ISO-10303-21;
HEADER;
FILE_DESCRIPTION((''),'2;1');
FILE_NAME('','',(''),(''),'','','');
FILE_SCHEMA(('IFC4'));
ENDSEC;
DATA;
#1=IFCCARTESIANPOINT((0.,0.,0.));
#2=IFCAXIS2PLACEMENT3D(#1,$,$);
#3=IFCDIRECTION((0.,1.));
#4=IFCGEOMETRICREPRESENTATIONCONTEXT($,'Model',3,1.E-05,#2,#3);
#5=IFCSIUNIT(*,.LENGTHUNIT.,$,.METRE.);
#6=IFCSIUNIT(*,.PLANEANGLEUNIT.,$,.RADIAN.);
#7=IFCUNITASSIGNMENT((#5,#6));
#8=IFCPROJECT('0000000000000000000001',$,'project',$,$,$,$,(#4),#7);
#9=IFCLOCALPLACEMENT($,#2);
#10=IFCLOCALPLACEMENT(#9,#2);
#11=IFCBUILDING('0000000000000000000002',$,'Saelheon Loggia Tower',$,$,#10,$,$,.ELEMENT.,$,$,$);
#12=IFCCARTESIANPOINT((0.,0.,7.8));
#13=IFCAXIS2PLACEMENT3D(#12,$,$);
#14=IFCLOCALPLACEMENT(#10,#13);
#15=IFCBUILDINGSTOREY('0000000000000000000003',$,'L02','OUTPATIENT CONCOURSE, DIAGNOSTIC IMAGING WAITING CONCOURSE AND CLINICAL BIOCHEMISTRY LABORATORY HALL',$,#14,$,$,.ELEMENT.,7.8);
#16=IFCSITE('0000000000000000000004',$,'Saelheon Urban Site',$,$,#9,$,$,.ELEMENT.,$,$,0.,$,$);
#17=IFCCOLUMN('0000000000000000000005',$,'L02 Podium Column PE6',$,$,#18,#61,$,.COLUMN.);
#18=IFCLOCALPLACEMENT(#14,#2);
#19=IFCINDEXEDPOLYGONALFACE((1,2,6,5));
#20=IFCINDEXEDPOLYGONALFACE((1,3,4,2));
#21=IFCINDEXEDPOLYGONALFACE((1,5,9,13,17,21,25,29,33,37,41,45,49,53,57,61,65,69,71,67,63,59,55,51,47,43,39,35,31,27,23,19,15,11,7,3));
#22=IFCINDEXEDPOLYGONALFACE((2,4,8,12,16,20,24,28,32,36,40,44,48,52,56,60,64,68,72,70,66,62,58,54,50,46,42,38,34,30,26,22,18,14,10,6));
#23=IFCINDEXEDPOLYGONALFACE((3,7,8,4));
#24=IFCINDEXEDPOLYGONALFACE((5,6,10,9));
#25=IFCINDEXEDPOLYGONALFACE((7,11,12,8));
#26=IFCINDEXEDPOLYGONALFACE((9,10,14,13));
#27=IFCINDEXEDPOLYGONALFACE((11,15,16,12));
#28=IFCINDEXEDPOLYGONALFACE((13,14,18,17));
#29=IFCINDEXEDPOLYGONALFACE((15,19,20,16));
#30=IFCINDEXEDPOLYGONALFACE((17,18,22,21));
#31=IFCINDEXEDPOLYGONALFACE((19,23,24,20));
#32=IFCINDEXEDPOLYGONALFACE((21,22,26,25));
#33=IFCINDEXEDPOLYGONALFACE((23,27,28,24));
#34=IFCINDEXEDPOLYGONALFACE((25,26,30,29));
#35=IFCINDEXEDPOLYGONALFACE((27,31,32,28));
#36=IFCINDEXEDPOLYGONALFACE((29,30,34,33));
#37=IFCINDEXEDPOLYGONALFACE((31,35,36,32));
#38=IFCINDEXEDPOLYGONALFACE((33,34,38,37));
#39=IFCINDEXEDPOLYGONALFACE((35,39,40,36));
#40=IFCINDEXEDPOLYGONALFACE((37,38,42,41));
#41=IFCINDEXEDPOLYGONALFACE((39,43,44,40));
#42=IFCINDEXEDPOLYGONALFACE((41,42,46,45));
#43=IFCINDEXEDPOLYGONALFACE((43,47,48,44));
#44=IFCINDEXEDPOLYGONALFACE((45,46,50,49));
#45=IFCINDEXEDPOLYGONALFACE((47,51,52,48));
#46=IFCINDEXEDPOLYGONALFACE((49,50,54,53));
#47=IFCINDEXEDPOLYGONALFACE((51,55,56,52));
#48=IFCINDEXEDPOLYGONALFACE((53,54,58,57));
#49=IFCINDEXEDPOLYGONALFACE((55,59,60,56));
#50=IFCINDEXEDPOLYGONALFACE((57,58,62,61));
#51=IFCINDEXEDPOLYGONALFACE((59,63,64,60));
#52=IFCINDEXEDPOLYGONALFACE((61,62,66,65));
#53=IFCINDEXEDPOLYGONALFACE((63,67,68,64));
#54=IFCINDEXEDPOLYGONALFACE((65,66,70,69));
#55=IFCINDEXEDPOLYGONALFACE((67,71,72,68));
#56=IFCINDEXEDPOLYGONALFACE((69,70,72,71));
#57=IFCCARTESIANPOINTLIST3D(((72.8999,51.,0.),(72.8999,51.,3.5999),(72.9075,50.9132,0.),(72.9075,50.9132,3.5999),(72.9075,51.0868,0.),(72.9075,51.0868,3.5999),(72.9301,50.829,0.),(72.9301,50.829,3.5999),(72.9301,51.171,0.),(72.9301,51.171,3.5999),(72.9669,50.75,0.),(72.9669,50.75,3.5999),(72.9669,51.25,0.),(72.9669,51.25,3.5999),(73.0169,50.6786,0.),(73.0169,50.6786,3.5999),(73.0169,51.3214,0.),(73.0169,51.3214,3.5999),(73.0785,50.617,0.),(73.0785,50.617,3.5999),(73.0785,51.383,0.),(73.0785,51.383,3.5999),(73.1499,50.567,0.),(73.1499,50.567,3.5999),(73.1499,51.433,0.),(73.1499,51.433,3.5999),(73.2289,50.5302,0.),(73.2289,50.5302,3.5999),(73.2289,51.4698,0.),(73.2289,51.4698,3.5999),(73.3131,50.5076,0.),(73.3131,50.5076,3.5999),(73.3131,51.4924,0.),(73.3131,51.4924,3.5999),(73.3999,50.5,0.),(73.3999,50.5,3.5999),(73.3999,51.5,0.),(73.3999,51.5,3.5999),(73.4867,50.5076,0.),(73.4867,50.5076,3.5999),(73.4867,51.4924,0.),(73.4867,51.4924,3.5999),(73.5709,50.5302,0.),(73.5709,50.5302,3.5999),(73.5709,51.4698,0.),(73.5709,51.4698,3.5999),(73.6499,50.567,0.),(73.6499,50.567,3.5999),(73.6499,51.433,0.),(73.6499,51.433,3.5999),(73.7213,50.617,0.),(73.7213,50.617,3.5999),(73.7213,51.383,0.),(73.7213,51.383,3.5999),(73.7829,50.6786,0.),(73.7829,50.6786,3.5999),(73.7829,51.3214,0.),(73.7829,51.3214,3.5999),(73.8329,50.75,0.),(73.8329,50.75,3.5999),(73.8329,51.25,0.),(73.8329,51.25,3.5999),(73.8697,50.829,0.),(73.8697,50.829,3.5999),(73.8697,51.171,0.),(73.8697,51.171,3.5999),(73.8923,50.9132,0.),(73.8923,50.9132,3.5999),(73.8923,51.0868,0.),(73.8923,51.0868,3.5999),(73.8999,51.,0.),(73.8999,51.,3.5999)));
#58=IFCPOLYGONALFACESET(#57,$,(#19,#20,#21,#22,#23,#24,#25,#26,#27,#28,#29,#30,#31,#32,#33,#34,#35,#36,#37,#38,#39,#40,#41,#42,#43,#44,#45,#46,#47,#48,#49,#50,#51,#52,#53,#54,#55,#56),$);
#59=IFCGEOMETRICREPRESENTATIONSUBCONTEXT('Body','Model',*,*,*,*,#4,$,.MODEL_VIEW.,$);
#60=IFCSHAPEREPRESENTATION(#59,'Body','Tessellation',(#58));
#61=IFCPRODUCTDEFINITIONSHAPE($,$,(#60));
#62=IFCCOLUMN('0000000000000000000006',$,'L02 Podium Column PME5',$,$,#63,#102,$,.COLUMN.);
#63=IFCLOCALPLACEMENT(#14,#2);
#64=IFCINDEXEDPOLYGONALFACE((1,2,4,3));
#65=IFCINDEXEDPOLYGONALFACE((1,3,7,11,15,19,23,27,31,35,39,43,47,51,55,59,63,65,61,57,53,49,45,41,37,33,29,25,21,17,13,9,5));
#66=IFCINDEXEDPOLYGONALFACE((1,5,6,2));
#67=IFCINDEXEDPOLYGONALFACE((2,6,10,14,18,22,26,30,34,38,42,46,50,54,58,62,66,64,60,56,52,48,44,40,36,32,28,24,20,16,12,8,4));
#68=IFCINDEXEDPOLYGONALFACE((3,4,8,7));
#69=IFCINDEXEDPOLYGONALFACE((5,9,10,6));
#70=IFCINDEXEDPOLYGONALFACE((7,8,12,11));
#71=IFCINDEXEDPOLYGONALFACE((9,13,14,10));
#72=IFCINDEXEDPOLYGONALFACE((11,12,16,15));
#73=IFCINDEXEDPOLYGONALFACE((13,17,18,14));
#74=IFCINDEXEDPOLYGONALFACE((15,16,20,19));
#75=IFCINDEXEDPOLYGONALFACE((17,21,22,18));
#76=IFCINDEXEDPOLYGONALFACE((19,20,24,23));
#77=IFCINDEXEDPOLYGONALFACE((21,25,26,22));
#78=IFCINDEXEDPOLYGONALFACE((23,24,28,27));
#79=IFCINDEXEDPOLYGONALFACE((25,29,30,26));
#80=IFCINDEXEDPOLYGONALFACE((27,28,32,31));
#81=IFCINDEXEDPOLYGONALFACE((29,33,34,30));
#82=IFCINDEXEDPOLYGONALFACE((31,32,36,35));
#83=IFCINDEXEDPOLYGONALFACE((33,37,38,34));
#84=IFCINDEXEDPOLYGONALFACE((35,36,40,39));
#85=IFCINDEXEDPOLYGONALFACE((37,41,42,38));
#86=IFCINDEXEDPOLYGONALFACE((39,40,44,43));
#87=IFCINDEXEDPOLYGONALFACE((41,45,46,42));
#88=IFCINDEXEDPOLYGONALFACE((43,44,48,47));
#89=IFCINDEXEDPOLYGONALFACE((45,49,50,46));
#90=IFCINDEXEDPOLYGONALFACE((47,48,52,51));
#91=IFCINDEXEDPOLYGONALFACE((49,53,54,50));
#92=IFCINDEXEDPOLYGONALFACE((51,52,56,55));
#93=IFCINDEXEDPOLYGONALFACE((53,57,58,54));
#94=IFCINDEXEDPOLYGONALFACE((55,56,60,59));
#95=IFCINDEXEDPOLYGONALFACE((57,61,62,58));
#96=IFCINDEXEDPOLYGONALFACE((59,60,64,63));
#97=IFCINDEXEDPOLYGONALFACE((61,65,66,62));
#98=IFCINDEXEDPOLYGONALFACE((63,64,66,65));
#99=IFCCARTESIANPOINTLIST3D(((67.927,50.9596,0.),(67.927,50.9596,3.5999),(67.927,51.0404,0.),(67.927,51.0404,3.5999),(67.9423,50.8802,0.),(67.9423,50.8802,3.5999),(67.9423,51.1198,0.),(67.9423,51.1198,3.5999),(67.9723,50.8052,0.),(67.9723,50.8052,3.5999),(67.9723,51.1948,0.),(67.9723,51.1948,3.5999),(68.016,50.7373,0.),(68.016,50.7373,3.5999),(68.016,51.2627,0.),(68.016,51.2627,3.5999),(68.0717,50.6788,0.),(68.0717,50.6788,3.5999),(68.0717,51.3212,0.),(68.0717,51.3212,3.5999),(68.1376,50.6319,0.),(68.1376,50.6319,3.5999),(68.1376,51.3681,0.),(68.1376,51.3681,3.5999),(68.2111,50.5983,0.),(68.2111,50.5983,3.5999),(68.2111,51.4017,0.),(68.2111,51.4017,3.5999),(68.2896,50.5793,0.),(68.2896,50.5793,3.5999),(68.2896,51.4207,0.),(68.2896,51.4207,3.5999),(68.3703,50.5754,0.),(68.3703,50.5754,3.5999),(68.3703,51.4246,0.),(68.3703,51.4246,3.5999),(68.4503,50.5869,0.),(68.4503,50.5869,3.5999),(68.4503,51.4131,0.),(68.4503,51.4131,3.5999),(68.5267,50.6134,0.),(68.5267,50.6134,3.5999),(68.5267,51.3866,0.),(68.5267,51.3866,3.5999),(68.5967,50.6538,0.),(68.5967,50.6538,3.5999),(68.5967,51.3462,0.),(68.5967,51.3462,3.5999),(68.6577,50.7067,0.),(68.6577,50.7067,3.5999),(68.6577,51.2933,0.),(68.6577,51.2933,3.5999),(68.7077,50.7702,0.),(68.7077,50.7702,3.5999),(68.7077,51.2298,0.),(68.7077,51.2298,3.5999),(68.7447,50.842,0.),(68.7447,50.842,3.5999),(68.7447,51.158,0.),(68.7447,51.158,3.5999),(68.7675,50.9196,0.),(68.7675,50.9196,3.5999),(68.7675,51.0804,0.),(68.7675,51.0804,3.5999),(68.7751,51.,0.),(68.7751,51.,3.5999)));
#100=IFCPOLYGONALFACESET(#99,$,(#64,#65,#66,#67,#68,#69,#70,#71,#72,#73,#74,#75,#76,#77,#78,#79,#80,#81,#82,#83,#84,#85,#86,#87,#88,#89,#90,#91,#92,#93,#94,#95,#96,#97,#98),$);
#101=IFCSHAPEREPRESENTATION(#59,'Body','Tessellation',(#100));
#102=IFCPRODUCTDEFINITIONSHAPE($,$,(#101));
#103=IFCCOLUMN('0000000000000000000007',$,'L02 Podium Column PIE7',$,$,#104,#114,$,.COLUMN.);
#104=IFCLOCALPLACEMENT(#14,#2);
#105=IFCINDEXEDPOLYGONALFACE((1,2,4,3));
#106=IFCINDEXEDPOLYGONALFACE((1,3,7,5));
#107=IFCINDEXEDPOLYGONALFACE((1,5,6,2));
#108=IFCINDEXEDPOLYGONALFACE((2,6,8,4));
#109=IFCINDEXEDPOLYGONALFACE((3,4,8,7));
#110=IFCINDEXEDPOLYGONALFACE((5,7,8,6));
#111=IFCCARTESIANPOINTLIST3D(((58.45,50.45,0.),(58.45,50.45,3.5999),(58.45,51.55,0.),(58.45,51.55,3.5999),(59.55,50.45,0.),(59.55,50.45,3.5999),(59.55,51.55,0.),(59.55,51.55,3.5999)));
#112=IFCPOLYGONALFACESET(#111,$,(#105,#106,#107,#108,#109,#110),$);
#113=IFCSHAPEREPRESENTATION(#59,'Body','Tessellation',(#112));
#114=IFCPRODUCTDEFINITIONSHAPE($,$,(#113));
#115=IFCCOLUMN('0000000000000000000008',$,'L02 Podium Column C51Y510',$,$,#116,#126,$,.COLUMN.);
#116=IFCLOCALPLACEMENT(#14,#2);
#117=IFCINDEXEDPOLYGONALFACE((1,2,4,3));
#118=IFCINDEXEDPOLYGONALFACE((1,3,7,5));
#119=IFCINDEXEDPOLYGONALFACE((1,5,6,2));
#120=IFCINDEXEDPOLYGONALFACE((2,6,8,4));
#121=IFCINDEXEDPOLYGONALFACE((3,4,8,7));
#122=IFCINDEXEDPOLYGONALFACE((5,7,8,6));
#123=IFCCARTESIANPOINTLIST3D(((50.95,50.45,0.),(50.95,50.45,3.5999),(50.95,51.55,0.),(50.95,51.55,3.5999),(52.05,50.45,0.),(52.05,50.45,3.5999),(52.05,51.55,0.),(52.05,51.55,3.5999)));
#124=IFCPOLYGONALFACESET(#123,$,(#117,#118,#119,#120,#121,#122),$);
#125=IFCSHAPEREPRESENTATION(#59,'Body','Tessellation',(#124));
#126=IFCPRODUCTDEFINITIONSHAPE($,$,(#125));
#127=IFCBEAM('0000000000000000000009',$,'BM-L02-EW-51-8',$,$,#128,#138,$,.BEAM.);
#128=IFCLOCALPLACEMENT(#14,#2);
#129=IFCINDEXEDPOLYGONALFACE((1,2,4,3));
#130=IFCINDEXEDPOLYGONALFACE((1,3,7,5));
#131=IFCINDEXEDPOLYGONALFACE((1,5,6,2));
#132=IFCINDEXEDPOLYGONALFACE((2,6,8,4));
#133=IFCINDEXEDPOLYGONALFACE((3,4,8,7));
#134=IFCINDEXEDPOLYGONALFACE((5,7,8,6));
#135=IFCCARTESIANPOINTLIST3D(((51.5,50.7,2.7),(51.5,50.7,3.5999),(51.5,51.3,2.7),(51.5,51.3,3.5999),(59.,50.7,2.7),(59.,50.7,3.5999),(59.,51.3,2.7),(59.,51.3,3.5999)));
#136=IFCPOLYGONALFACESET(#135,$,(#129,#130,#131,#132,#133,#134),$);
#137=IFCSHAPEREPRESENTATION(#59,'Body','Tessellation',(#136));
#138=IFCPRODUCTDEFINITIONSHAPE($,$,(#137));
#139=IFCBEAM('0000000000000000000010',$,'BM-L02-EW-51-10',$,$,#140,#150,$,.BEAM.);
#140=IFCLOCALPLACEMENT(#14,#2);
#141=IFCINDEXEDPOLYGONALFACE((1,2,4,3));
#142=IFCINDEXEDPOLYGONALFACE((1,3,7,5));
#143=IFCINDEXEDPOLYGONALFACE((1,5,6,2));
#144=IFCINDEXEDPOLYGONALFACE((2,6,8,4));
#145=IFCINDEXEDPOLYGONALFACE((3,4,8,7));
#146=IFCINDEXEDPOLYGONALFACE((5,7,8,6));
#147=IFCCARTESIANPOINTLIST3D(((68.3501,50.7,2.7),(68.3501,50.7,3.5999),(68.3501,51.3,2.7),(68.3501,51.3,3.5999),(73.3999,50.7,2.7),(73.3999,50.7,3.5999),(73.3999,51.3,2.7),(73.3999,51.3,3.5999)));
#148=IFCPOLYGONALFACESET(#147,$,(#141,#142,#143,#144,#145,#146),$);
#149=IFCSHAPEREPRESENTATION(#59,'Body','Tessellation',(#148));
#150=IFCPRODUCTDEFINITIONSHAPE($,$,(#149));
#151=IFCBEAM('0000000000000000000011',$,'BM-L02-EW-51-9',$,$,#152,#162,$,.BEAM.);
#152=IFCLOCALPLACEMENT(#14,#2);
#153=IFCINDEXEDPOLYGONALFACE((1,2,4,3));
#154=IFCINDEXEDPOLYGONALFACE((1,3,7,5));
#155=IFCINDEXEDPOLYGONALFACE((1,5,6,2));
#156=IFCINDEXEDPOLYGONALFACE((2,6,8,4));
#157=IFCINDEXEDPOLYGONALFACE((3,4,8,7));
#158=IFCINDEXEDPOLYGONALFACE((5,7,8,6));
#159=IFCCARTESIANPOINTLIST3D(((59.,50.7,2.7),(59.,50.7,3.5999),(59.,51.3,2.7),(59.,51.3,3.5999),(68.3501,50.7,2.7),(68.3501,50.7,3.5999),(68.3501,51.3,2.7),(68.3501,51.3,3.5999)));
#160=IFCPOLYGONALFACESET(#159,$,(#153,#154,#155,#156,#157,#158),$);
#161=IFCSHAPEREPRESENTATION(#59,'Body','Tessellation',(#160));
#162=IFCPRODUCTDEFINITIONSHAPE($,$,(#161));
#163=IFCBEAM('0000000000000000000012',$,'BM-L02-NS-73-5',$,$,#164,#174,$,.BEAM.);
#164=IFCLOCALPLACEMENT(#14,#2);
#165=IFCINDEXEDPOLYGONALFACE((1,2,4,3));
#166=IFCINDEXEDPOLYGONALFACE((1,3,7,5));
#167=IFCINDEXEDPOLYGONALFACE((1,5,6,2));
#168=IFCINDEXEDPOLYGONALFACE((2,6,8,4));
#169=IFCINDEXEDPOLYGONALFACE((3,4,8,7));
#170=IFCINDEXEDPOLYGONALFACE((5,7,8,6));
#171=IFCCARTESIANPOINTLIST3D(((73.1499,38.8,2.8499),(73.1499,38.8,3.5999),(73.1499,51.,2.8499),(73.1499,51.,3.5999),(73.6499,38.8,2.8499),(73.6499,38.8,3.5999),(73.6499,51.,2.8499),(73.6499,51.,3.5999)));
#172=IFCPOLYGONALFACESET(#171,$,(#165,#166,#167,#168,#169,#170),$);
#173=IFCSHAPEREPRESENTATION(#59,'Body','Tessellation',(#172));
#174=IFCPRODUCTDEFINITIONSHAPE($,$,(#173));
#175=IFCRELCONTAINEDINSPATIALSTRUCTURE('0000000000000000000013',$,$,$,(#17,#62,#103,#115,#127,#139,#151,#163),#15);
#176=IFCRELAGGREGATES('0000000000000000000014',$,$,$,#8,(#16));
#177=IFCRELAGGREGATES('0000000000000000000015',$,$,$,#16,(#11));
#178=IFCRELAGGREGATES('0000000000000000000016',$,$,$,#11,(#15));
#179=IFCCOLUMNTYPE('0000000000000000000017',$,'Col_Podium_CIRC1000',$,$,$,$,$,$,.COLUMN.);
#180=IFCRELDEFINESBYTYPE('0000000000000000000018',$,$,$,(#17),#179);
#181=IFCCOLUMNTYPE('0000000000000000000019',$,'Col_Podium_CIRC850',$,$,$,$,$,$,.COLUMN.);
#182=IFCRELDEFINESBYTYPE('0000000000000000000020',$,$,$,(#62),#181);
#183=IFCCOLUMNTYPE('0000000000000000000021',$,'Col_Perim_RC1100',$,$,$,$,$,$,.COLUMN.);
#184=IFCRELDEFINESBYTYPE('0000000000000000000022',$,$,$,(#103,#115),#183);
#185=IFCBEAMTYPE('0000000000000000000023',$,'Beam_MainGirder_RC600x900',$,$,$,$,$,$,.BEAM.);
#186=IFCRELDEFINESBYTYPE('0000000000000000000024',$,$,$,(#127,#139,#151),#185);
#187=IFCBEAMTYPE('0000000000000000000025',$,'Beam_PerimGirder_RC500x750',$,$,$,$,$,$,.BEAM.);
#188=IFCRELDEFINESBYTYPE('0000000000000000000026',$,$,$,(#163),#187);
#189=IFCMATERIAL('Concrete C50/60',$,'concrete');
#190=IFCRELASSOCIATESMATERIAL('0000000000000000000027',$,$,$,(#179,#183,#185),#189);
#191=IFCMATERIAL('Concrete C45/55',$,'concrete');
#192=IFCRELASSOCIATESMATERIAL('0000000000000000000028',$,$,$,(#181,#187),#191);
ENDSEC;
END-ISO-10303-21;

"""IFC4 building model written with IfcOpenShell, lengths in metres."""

from ifc_helpers import new_model, si_unit, direction, frame, origin, origin_2d, place, context, subcontext, project, spatial, rectangle, circle, extrude, source, transform, mapped, material, material_profile, profile_set, type_object, element, save


model = new_model("IFC4")

# Units and contexts
model_context = context("Model", 3, precision=1e-05, world=origin(), true_north=direction((0.0, 1.0)))
body_context = subcontext(model_context, "Body", "Model", "MODEL_VIEW")
ifc_project = project(units=[si_unit("LENGTHUNIT", "METRE"), si_unit("PLANEANGLEUNIT", "RADIAN")], contexts=[model_context])

# Site, building, storey
site_placement = place(None, origin())
site = spatial("IfcSite", under=ifc_project, at=site_placement, Name="Saelheon Urban Site", CompositionType="ELEMENT", RefElevation=0.0)
building_placement = place(site_placement, origin())
building = spatial("IfcBuilding", under=site, at=building_placement, Name="Saelheon Loggia Tower", CompositionType="ELEMENT")
storey_placement = place(building_placement, frame((0.0, 0.0, 7.8)))
storey = spatial("IfcBuildingStorey", under=building, at=storey_placement, Name="L02", Description="OUTPATIENT CONCOURSE, DIAGNOSTIC IMAGING WAITING CONCOURSE AND CLINICAL BIOCHEMISTRY LABORATORY HALL", CompositionType="ELEMENT", Elevation=7.8)

# Columns
ifc_material_1 = material(Name="Concrete C50/60", Category="concrete")
ifc_material_profile_1 = material_profile(ifc_material_1, circle(Radius=0.5, at=origin_2d()), Name="CIRC-1000")
ifc_profile_set_1 = profile_set([ifc_material_profile_1], Name="Concrete C50/60")
column_type_1 = type_object("IfcColumnType", Name="Col_Podium_CIRC1000", PredefinedType="COLUMN", material=ifc_profile_set_1)
shared_shape_1 = source(origin(), body_context, "Body", "SweptSolid", [
    extrude(circle(Radius=0.5, at=origin_2d()), origin(), (0.0, 0.0, 1.0), 3.5999),
])
column_1_placement = place(storey_placement, frame((73.3999, 51.0, 0.0), z_axis=(0.0, 0.0, 1.0), x_axis=(1.0, 0.0, 0.0)))
element("IfcColumn", 1, at=column_1_placement, inside=storey, type_object=column_type_1, Name="L02 Podium Column PE6", PredefinedType="COLUMN", context=body_context, shape_type="MappedRepresentation", body=[
    mapped(shared_shape_1, transform((0.0, 0.0, 0.0), scale=1.0)),
])
ifc_material_2 = material(Name="Concrete C45/55", Category="concrete")
ifc_material_profile_2 = material_profile(ifc_material_2, circle(Radius=0.425, at=origin_2d()), Name="CIRC-850")
ifc_profile_set_2 = profile_set([ifc_material_profile_2], Name="Concrete C45/55")
column_type_2 = type_object("IfcColumnType", Name="Col_Podium_CIRC850", PredefinedType="COLUMN", material=ifc_profile_set_2)
shared_shape_2 = source(origin(), body_context, "Body", "SweptSolid", [
    extrude(circle(Radius=0.425, at=origin_2d()), origin(), (0.0, 0.0, 1.0), 3.5999),
])
column_2_placement = place(storey_placement, frame((68.3501, 51.0, 0.0), z_axis=(0.0, 0.0, 1.0), x_axis=(1.0, 0.0, 0.0)))
element("IfcColumn", 2, at=column_2_placement, inside=storey, type_object=column_type_2, Name="L02 Podium Column PME5", PredefinedType="COLUMN", context=body_context, shape_type="MappedRepresentation", body=[
    mapped(shared_shape_2, transform((0.0, 0.0, 0.0), scale=1.0)),
])
ifc_material_profile_3 = material_profile(ifc_material_1, rectangle(XDim=1.1001, YDim=1.1001, at=origin_2d()), Name="RC-1100x1100")
ifc_profile_set_3 = profile_set([ifc_material_profile_3], Name="Concrete C50/60")
column_type_3 = type_object("IfcColumnType", Name="Col_Perim_RC1100", PredefinedType="COLUMN", material=ifc_profile_set_3)
shared_shape_3 = source(origin(), body_context, "Body", "SweptSolid", [
    extrude(rectangle(XDim=1.1001, YDim=1.1001, at=origin_2d()), origin(), (0.0, 0.0, 1.0), 3.5999),
])
for number, where, z_axis, x_axis, name in (
    (3, (59.0, 51.0, 0.0), (0.0, 0.0, 1.0), (1.0, 0.0, 0.0), "L02 Podium Column PIE7"),
    (4, (51.5, 51.0, 0.0), (0.0, 0.0, 1.0), (1.0, 0.0, 0.0), "L02 Podium Column C51Y510"),
):
    element("IfcColumn", number, at=place(storey_placement, frame(where, z_axis=z_axis, x_axis=x_axis)), inside=storey, type_object=column_type_3, Name=name, PredefinedType="COLUMN", context=body_context, shape_type="MappedRepresentation", body=[
        mapped(shared_shape_3, transform((0.0, 0.0, 0.0), scale=1.0)),
    ])

# Beams
ifc_material_profile_4 = material_profile(ifc_material_1, rectangle(XDim=0.6001, YDim=0.8999, at=origin_2d()), Name="RC-600x900")
ifc_profile_set_4 = profile_set([ifc_material_profile_4], Name="Concrete C50/60")
beam_type_1 = type_object("IfcBeamType", Name="Beam_MainGirder_RC600x900", PredefinedType="BEAM", material=ifc_profile_set_4)
shared_shape_4 = source(origin(), body_context, "Body", "SweptSolid", [
    extrude(rectangle(XDim=0.6001, YDim=0.8999, at=origin_2d()), origin(), (0.0, 0.0, 1.0), 7.5),
])
beam_1_placement = place(storey_placement, frame((51.5, 51.0, 3.1499), z_axis=(1.0, 0.0, 0.0), x_axis=(0.0, 1.0, 0.0)))
element("IfcBeam", 5, at=beam_1_placement, inside=storey, type_object=beam_type_1, Name="BM-L02-EW-51-8", PredefinedType="BEAM", context=body_context, shape_type="MappedRepresentation", body=[
    mapped(shared_shape_4, transform((0.0, 0.0, 0.0), scale=1.0)),
])
shared_shape_5 = source(origin(), body_context, "Body", "SweptSolid", [
    extrude(rectangle(XDim=0.6001, YDim=0.8999, at=origin_2d()), origin(), (0.0, 0.0, 1.0), 5.0498),
])
beam_2_placement = place(storey_placement, frame((68.3501, 51.0, 3.1499), z_axis=(1.0, 0.0, 0.0), x_axis=(0.0, 1.0, 0.0)))
element("IfcBeam", 6, at=beam_2_placement, inside=storey, type_object=beam_type_1, Name="BM-L02-EW-51-10", PredefinedType="BEAM", context=body_context, shape_type="MappedRepresentation", body=[
    mapped(shared_shape_5, transform((0.0, 0.0, 0.0), scale=1.0)),
])
shared_shape_6 = source(origin(), body_context, "Body", "SweptSolid", [
    extrude(rectangle(XDim=0.6001, YDim=0.8999, at=origin_2d()), origin(), (0.0, 0.0, 1.0), 9.3501),
])
beam_3_placement = place(storey_placement, frame((59.0, 51.0, 3.1499), z_axis=(1.0, 0.0, 0.0), x_axis=(0.0, 1.0, 0.0)))
element("IfcBeam", 7, at=beam_3_placement, inside=storey, type_object=beam_type_1, Name="BM-L02-EW-51-9", PredefinedType="BEAM", context=body_context, shape_type="MappedRepresentation", body=[
    mapped(shared_shape_6, transform((0.0, 0.0, 0.0), scale=1.0)),
])
ifc_material_profile_5 = material_profile(ifc_material_2, rectangle(XDim=0.5, YDim=0.75, at=origin_2d()), Name="RC-500x750")
ifc_profile_set_5 = profile_set([ifc_material_profile_5], Name="Concrete C45/55")
beam_type_2 = type_object("IfcBeamType", Name="Beam_PerimGirder_RC500x750", PredefinedType="BEAM", material=ifc_profile_set_5)
shared_shape_7 = source(origin(), body_context, "Body", "SweptSolid", [
    extrude(rectangle(XDim=0.5, YDim=0.75, at=origin_2d()), origin(), (0.0, 0.0, 1.0), 12.2),
])
beam_4_placement = place(storey_placement, frame((73.3999, 38.8, 3.2249), z_axis=(0.0, 1.0, 0.0), x_axis=(-1.0, 0.0, 0.0)))
element("IfcBeam", 8, at=beam_4_placement, inside=storey, type_object=beam_type_2, Name="BM-L02-NS-73-5", PredefinedType="BEAM", context=body_context, shape_type="MappedRepresentation", body=[
    mapped(shared_shape_7, transform((0.0, 0.0, 0.0), scale=1.0)),
])

save(model, "model.ifc")
